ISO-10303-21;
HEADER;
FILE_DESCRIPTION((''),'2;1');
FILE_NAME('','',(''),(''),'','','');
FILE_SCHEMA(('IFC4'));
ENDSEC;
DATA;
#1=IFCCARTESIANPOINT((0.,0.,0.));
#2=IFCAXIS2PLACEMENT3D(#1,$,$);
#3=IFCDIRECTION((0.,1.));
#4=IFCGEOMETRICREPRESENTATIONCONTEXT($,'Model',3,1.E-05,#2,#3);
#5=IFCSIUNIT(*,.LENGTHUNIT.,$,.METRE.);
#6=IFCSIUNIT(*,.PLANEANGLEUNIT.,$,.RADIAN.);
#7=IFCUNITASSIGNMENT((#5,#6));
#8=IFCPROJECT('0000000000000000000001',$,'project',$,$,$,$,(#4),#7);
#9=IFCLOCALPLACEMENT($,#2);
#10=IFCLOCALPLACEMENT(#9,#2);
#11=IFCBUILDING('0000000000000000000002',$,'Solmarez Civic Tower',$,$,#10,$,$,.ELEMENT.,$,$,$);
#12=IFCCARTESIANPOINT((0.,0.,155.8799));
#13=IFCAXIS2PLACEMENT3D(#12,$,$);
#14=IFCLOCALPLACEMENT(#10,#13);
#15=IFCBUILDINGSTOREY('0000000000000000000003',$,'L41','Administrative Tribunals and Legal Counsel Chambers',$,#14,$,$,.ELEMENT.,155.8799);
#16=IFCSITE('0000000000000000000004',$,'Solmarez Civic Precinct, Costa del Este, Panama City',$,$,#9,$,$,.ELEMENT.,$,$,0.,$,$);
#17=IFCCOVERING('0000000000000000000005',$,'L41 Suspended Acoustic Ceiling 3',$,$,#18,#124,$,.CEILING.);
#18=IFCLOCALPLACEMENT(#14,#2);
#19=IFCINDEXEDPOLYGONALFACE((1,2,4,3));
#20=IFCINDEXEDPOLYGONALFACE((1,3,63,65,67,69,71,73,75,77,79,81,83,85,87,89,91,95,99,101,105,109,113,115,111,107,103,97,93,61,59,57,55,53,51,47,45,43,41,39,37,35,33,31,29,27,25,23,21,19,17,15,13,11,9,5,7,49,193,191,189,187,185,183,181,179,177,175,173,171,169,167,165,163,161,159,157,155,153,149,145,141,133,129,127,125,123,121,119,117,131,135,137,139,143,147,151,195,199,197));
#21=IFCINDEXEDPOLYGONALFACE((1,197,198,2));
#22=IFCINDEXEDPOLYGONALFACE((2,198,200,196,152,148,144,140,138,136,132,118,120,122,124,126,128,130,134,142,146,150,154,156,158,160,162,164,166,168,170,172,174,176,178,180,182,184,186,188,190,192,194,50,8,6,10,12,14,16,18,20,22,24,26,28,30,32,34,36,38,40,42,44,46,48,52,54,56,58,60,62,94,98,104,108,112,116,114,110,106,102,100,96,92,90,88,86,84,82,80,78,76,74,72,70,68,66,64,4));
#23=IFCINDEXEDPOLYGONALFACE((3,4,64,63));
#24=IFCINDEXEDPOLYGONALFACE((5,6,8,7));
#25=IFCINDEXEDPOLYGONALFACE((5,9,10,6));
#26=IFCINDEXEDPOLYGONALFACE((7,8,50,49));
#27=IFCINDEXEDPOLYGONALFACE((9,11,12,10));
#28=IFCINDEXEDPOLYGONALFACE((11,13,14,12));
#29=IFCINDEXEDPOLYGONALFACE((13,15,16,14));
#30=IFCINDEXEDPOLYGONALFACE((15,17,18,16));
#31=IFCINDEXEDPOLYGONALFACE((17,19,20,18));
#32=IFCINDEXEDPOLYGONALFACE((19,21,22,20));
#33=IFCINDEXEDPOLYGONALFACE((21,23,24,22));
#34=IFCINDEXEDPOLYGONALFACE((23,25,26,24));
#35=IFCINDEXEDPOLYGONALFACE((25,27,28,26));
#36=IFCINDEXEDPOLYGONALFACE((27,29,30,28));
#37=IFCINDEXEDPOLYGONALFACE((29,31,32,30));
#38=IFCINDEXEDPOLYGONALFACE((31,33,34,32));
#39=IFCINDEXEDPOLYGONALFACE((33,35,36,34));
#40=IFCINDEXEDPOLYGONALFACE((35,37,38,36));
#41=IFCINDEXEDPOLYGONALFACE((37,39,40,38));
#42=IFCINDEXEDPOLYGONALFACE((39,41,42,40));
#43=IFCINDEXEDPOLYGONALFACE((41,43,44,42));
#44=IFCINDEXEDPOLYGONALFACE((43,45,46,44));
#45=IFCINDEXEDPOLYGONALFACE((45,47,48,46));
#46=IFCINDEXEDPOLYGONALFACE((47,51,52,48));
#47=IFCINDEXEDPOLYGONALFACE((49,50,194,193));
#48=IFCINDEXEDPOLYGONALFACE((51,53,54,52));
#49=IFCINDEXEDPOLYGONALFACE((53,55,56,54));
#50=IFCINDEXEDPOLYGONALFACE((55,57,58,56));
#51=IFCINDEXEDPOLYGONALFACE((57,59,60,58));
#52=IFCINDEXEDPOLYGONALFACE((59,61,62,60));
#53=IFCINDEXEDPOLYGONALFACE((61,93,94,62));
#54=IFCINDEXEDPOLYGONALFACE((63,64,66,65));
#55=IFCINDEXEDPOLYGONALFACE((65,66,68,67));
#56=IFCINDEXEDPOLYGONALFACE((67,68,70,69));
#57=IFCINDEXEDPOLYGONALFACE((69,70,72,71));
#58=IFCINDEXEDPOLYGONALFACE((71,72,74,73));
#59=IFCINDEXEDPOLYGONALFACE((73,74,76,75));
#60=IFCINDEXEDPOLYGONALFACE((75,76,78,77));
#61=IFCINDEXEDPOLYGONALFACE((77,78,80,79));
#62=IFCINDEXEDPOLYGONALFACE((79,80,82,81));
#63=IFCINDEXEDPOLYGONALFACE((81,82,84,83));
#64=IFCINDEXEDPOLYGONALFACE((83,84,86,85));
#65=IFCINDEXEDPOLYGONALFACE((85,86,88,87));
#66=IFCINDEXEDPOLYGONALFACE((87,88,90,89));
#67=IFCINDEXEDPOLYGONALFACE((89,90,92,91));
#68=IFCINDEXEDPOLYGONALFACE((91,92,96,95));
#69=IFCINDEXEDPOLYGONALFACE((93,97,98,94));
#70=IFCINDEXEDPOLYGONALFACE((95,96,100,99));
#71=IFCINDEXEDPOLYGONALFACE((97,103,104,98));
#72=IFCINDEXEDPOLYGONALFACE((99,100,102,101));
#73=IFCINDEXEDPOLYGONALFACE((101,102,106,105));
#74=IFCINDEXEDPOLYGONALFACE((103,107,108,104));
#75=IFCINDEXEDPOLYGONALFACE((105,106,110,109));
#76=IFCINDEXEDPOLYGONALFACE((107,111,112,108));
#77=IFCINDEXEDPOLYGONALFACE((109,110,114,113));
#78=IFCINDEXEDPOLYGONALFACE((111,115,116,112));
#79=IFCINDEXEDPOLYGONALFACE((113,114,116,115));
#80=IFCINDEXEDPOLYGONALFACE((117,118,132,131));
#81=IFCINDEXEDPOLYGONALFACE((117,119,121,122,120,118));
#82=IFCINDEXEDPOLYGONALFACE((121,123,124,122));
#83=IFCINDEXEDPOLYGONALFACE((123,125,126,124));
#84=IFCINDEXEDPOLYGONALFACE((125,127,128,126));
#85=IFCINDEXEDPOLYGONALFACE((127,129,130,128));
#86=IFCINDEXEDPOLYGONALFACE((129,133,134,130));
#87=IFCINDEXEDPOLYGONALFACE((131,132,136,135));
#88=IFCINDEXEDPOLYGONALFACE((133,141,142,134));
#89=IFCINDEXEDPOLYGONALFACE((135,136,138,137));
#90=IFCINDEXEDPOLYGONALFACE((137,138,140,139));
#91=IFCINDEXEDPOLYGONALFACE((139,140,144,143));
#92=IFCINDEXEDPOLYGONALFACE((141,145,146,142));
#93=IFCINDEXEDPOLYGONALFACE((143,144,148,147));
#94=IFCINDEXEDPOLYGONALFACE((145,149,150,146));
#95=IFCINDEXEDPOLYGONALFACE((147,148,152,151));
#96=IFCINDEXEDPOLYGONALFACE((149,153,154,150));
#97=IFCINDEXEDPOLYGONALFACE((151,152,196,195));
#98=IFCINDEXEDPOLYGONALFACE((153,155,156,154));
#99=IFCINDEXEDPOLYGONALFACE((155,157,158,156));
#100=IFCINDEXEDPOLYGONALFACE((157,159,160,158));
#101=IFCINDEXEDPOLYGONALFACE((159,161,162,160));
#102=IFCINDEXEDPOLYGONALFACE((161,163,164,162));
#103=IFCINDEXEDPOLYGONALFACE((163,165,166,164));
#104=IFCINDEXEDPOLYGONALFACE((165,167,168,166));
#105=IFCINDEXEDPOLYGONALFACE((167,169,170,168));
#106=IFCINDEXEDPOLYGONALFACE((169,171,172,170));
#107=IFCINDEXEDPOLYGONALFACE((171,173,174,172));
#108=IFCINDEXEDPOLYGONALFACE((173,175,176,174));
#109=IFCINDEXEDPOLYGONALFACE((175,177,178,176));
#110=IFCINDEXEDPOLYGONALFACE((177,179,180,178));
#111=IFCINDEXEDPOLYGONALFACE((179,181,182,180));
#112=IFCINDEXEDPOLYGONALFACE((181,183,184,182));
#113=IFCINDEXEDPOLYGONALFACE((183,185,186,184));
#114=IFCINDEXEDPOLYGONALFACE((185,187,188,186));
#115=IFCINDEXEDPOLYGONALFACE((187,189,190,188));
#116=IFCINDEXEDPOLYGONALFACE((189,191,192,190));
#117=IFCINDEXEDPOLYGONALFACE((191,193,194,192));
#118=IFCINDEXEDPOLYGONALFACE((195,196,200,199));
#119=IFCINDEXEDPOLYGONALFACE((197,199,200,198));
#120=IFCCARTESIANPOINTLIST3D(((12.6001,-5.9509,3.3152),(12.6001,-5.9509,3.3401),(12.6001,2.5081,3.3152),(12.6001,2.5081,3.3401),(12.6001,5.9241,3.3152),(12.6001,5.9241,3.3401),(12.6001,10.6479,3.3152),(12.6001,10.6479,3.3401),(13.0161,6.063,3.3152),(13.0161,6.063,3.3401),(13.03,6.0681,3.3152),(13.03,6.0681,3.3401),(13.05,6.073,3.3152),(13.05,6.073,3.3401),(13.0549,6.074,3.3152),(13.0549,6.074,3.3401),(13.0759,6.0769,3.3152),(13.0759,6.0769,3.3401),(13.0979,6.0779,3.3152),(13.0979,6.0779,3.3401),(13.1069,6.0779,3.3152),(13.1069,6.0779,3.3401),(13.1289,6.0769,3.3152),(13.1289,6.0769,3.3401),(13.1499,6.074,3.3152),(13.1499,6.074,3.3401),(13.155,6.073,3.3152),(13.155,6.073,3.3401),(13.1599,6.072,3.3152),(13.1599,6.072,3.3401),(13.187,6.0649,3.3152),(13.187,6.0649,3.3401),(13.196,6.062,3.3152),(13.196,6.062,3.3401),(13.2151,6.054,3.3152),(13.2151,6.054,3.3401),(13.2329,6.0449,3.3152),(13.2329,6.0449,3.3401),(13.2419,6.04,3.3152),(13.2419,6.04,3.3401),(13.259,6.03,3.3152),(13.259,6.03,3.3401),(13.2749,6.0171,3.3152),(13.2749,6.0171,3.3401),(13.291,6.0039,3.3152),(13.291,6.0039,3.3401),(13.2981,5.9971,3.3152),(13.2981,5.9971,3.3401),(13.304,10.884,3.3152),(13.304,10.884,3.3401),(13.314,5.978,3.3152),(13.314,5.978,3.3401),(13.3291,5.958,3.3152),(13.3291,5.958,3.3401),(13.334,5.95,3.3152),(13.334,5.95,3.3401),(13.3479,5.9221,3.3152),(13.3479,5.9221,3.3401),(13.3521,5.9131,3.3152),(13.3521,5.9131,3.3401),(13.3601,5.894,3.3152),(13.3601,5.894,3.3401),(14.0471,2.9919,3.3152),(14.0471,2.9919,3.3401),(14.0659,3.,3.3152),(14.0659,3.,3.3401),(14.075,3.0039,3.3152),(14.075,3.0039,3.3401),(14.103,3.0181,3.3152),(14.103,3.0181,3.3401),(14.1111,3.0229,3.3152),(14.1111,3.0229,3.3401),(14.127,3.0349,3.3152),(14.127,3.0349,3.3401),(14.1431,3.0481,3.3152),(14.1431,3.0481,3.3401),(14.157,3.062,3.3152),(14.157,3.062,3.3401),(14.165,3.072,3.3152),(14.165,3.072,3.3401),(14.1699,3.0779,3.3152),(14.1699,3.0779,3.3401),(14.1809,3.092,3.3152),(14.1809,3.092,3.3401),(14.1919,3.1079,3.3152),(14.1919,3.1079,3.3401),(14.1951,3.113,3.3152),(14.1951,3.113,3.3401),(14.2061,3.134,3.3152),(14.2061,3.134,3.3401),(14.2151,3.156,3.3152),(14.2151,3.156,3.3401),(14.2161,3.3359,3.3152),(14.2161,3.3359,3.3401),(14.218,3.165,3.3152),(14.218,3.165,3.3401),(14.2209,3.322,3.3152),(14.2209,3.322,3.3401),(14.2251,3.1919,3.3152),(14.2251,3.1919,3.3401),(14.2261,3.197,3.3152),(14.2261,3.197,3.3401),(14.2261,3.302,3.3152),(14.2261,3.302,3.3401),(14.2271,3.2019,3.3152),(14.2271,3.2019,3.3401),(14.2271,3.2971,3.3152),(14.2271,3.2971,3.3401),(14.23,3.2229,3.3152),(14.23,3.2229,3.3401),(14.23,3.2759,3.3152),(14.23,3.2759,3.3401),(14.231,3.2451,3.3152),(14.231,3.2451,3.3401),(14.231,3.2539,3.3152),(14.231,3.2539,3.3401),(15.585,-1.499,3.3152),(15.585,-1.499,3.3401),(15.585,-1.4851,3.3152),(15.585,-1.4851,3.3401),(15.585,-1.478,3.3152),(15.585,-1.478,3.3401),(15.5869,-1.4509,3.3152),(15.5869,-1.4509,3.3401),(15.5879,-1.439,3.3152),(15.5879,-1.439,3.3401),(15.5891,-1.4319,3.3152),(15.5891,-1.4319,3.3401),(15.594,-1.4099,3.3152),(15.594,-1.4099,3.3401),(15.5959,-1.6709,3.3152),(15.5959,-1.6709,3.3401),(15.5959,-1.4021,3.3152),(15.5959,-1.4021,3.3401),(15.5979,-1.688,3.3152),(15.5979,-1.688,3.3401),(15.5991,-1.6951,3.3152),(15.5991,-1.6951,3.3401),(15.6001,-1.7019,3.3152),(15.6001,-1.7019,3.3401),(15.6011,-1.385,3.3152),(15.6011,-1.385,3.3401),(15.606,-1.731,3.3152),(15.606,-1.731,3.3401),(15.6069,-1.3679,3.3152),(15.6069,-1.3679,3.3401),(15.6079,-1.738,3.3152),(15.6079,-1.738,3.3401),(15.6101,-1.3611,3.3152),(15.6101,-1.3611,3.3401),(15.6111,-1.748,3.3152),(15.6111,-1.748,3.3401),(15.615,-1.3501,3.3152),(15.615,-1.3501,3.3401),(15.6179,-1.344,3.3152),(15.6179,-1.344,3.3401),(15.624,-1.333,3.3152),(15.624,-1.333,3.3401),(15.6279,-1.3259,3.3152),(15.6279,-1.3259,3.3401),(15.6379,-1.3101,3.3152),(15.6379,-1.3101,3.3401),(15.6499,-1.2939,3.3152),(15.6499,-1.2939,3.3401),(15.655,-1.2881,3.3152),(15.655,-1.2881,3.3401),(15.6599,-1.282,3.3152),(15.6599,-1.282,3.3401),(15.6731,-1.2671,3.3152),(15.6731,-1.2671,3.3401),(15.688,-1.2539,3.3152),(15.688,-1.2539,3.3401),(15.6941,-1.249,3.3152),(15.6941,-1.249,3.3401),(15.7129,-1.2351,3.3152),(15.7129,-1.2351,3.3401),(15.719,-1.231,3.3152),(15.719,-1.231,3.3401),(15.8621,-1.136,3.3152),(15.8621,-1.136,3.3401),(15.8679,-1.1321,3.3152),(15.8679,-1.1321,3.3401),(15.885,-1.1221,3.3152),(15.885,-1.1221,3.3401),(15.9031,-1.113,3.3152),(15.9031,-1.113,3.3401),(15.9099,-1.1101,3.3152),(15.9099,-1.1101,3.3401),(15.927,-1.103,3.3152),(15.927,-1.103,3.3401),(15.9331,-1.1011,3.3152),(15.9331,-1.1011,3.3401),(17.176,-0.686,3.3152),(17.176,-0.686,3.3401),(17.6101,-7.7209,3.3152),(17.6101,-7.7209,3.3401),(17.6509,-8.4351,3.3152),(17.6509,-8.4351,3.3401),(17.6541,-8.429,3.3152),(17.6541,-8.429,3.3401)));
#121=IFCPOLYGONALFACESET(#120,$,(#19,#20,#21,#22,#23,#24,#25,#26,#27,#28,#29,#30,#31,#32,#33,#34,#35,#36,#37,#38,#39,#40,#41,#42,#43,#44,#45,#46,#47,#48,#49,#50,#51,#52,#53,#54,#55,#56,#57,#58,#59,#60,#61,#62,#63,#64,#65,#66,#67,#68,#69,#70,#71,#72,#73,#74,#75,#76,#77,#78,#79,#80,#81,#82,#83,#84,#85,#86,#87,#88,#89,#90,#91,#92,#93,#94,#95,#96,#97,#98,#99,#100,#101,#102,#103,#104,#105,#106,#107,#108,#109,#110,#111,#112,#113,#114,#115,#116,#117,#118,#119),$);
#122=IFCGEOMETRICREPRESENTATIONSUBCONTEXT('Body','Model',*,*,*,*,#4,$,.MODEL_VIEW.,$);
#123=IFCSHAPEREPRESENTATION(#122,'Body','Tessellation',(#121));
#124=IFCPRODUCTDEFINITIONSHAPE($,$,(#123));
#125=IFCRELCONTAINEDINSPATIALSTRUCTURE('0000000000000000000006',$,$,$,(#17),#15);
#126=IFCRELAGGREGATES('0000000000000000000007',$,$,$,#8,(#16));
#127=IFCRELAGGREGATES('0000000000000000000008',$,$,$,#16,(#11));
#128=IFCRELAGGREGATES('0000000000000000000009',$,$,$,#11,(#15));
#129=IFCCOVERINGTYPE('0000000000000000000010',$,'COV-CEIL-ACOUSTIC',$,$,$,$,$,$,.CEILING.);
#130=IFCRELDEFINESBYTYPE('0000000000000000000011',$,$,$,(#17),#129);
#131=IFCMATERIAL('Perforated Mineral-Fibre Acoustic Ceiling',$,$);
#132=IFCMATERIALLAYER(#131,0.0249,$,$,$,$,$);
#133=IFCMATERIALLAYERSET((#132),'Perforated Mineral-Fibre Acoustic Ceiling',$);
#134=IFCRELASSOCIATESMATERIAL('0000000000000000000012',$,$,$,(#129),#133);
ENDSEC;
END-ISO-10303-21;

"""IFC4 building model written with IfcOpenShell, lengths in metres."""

from ifc_helpers import new_model, si_unit, direction, frame, origin, place, context, subcontext, project, spatial, polyline, outline, extrude, material, layer, layer_set, type_object, element, save


model = new_model("IFC4")

# Units and contexts
model_context = context("Model", 3, precision=1e-05, world=origin(), true_north=direction((0.0, 1.0)))
body_context = subcontext(model_context, "Body", "Model", "MODEL_VIEW")
ifc_project = project(units=[si_unit("LENGTHUNIT", "METRE"), si_unit("PLANEANGLEUNIT", "RADIAN")], contexts=[model_context])

# Site, building, storey
site_placement = place(None, origin())
site = spatial("IfcSite", under=ifc_project, at=site_placement, Name="Solmarez Civic Precinct, Costa del Este, Panama City", CompositionType="ELEMENT", RefElevation=0.0)
building_placement = place(site_placement, origin())
building = spatial("IfcBuilding", under=site, at=building_placement, Name="Solmarez Civic Tower", CompositionType="ELEMENT")
storey_placement = place(building_placement, frame((0.0, 0.0, 155.8799)))
storey = spatial("IfcBuildingStorey", under=building, at=storey_placement, Name="L41", Description="Administrative Tribunals and Legal Counsel Chambers", CompositionType="ELEMENT", Elevation=155.8799)

# Covering
ifc_material_1 = material(Name="Perforated Mineral-Fibre Acoustic Ceiling")
ifc_layer_1 = layer(ifc_material_1, 0.0249)
ifc_layer_set_1 = layer_set([ifc_layer_1], Name="Perforated Mineral-Fibre Acoustic Ceiling")
covering_type_1 = type_object("IfcCoveringType", Name="COV-CEIL-ACOUSTIC", PredefinedType="CEILING", material=ifc_layer_set_1)
covering_1_placement = place(storey_placement, frame((0.0, 0.0, 3.3152)))
element("IfcCovering", 1, at=covering_1_placement, inside=storey, type_object=covering_type_1, Name="L41 Suspended Acoustic Ceiling 3", PredefinedType="CEILING", context=body_context, shape_type="SweptSolid", body=[
    extrude(outline(polyline([(12.6001, 10.6479), (12.6001, 5.9241), (13.0161, 6.063), (13.03, 6.0681), (13.05, 6.073), (13.0549, 6.074), (13.0759, 6.0769), (13.0979, 6.0779), (13.1069, 6.0779), (13.1289, 6.0769), (13.1499, 6.074), (13.155, 6.073), (13.1599, 6.072), (13.187, 6.0649), (13.196, 6.062), (13.2151, 6.054), (13.2329, 6.0449), (13.2419, 6.04), (13.259, 6.03), (13.2749, 6.0171), (13.291, 6.0039), (13.2981, 5.9971), (13.314, 5.978), (13.3291, 5.958), (13.334, 5.95), (13.3479, 5.9221), (13.3521, 5.9131), (13.3601, 5.894), (14.2161, 3.3359), (14.2209, 3.322), (14.2261, 3.302), (14.2271, 3.2971), (14.23, 3.2759), (14.231, 3.2539), (14.231, 3.2451), (14.23, 3.2229), (14.2271, 3.2019), (14.2261, 3.197), (14.2251, 3.1919), (14.218, 3.165), (14.2151, 3.156), (14.2061, 3.134), (14.1951, 3.113), (14.1919, 3.1079), (14.1809, 3.092), (14.1699, 3.0779), (14.165, 3.072), (14.157, 3.062), (14.1431, 3.0481), (14.127, 3.0349), (14.1111, 3.0229), (14.103, 3.0181), (14.075, 3.0039), (14.0659, 3.0), (14.0471, 2.9919), (12.6001, 2.5081), (12.6001, -5.9509), (17.6509, -8.4351), (17.6541, -8.429), (17.6101, -7.7209), (15.6111, -1.748), (15.6079, -1.738), (15.606, -1.731), (15.6001, -1.7019), (15.5991, -1.6951), (15.5979, -1.688), (15.5959, -1.6709), (15.585, -1.499), (15.585, -1.4851), (15.585, -1.478), (15.5869, -1.4509), (15.5879, -1.439), (15.5891, -1.4319), (15.594, -1.4099), (15.5959, -1.4021), (15.6011, -1.385), (15.6069, -1.3679), (15.6101, -1.3611), (15.615, -1.3501), (15.6179, -1.344), (15.624, -1.333), (15.6279, -1.3259), (15.6379, -1.3101), (15.6499, -1.2939), (15.655, -1.2881), (15.6599, -1.282), (15.6731, -1.2671), (15.688, -1.2539), (15.6941, -1.249), (15.7129, -1.2351), (15.719, -1.231), (15.8621, -1.136), (15.8679, -1.1321), (15.885, -1.1221), (15.9031, -1.113), (15.9099, -1.1101), (15.927, -1.103), (15.9331, -1.1011), (17.176, -0.686), (13.304, 10.884), (12.6001, 10.6479)])), origin(), (0.0, 0.0, 1.0), 0.0249),
])

save(model, "model.ifc")
